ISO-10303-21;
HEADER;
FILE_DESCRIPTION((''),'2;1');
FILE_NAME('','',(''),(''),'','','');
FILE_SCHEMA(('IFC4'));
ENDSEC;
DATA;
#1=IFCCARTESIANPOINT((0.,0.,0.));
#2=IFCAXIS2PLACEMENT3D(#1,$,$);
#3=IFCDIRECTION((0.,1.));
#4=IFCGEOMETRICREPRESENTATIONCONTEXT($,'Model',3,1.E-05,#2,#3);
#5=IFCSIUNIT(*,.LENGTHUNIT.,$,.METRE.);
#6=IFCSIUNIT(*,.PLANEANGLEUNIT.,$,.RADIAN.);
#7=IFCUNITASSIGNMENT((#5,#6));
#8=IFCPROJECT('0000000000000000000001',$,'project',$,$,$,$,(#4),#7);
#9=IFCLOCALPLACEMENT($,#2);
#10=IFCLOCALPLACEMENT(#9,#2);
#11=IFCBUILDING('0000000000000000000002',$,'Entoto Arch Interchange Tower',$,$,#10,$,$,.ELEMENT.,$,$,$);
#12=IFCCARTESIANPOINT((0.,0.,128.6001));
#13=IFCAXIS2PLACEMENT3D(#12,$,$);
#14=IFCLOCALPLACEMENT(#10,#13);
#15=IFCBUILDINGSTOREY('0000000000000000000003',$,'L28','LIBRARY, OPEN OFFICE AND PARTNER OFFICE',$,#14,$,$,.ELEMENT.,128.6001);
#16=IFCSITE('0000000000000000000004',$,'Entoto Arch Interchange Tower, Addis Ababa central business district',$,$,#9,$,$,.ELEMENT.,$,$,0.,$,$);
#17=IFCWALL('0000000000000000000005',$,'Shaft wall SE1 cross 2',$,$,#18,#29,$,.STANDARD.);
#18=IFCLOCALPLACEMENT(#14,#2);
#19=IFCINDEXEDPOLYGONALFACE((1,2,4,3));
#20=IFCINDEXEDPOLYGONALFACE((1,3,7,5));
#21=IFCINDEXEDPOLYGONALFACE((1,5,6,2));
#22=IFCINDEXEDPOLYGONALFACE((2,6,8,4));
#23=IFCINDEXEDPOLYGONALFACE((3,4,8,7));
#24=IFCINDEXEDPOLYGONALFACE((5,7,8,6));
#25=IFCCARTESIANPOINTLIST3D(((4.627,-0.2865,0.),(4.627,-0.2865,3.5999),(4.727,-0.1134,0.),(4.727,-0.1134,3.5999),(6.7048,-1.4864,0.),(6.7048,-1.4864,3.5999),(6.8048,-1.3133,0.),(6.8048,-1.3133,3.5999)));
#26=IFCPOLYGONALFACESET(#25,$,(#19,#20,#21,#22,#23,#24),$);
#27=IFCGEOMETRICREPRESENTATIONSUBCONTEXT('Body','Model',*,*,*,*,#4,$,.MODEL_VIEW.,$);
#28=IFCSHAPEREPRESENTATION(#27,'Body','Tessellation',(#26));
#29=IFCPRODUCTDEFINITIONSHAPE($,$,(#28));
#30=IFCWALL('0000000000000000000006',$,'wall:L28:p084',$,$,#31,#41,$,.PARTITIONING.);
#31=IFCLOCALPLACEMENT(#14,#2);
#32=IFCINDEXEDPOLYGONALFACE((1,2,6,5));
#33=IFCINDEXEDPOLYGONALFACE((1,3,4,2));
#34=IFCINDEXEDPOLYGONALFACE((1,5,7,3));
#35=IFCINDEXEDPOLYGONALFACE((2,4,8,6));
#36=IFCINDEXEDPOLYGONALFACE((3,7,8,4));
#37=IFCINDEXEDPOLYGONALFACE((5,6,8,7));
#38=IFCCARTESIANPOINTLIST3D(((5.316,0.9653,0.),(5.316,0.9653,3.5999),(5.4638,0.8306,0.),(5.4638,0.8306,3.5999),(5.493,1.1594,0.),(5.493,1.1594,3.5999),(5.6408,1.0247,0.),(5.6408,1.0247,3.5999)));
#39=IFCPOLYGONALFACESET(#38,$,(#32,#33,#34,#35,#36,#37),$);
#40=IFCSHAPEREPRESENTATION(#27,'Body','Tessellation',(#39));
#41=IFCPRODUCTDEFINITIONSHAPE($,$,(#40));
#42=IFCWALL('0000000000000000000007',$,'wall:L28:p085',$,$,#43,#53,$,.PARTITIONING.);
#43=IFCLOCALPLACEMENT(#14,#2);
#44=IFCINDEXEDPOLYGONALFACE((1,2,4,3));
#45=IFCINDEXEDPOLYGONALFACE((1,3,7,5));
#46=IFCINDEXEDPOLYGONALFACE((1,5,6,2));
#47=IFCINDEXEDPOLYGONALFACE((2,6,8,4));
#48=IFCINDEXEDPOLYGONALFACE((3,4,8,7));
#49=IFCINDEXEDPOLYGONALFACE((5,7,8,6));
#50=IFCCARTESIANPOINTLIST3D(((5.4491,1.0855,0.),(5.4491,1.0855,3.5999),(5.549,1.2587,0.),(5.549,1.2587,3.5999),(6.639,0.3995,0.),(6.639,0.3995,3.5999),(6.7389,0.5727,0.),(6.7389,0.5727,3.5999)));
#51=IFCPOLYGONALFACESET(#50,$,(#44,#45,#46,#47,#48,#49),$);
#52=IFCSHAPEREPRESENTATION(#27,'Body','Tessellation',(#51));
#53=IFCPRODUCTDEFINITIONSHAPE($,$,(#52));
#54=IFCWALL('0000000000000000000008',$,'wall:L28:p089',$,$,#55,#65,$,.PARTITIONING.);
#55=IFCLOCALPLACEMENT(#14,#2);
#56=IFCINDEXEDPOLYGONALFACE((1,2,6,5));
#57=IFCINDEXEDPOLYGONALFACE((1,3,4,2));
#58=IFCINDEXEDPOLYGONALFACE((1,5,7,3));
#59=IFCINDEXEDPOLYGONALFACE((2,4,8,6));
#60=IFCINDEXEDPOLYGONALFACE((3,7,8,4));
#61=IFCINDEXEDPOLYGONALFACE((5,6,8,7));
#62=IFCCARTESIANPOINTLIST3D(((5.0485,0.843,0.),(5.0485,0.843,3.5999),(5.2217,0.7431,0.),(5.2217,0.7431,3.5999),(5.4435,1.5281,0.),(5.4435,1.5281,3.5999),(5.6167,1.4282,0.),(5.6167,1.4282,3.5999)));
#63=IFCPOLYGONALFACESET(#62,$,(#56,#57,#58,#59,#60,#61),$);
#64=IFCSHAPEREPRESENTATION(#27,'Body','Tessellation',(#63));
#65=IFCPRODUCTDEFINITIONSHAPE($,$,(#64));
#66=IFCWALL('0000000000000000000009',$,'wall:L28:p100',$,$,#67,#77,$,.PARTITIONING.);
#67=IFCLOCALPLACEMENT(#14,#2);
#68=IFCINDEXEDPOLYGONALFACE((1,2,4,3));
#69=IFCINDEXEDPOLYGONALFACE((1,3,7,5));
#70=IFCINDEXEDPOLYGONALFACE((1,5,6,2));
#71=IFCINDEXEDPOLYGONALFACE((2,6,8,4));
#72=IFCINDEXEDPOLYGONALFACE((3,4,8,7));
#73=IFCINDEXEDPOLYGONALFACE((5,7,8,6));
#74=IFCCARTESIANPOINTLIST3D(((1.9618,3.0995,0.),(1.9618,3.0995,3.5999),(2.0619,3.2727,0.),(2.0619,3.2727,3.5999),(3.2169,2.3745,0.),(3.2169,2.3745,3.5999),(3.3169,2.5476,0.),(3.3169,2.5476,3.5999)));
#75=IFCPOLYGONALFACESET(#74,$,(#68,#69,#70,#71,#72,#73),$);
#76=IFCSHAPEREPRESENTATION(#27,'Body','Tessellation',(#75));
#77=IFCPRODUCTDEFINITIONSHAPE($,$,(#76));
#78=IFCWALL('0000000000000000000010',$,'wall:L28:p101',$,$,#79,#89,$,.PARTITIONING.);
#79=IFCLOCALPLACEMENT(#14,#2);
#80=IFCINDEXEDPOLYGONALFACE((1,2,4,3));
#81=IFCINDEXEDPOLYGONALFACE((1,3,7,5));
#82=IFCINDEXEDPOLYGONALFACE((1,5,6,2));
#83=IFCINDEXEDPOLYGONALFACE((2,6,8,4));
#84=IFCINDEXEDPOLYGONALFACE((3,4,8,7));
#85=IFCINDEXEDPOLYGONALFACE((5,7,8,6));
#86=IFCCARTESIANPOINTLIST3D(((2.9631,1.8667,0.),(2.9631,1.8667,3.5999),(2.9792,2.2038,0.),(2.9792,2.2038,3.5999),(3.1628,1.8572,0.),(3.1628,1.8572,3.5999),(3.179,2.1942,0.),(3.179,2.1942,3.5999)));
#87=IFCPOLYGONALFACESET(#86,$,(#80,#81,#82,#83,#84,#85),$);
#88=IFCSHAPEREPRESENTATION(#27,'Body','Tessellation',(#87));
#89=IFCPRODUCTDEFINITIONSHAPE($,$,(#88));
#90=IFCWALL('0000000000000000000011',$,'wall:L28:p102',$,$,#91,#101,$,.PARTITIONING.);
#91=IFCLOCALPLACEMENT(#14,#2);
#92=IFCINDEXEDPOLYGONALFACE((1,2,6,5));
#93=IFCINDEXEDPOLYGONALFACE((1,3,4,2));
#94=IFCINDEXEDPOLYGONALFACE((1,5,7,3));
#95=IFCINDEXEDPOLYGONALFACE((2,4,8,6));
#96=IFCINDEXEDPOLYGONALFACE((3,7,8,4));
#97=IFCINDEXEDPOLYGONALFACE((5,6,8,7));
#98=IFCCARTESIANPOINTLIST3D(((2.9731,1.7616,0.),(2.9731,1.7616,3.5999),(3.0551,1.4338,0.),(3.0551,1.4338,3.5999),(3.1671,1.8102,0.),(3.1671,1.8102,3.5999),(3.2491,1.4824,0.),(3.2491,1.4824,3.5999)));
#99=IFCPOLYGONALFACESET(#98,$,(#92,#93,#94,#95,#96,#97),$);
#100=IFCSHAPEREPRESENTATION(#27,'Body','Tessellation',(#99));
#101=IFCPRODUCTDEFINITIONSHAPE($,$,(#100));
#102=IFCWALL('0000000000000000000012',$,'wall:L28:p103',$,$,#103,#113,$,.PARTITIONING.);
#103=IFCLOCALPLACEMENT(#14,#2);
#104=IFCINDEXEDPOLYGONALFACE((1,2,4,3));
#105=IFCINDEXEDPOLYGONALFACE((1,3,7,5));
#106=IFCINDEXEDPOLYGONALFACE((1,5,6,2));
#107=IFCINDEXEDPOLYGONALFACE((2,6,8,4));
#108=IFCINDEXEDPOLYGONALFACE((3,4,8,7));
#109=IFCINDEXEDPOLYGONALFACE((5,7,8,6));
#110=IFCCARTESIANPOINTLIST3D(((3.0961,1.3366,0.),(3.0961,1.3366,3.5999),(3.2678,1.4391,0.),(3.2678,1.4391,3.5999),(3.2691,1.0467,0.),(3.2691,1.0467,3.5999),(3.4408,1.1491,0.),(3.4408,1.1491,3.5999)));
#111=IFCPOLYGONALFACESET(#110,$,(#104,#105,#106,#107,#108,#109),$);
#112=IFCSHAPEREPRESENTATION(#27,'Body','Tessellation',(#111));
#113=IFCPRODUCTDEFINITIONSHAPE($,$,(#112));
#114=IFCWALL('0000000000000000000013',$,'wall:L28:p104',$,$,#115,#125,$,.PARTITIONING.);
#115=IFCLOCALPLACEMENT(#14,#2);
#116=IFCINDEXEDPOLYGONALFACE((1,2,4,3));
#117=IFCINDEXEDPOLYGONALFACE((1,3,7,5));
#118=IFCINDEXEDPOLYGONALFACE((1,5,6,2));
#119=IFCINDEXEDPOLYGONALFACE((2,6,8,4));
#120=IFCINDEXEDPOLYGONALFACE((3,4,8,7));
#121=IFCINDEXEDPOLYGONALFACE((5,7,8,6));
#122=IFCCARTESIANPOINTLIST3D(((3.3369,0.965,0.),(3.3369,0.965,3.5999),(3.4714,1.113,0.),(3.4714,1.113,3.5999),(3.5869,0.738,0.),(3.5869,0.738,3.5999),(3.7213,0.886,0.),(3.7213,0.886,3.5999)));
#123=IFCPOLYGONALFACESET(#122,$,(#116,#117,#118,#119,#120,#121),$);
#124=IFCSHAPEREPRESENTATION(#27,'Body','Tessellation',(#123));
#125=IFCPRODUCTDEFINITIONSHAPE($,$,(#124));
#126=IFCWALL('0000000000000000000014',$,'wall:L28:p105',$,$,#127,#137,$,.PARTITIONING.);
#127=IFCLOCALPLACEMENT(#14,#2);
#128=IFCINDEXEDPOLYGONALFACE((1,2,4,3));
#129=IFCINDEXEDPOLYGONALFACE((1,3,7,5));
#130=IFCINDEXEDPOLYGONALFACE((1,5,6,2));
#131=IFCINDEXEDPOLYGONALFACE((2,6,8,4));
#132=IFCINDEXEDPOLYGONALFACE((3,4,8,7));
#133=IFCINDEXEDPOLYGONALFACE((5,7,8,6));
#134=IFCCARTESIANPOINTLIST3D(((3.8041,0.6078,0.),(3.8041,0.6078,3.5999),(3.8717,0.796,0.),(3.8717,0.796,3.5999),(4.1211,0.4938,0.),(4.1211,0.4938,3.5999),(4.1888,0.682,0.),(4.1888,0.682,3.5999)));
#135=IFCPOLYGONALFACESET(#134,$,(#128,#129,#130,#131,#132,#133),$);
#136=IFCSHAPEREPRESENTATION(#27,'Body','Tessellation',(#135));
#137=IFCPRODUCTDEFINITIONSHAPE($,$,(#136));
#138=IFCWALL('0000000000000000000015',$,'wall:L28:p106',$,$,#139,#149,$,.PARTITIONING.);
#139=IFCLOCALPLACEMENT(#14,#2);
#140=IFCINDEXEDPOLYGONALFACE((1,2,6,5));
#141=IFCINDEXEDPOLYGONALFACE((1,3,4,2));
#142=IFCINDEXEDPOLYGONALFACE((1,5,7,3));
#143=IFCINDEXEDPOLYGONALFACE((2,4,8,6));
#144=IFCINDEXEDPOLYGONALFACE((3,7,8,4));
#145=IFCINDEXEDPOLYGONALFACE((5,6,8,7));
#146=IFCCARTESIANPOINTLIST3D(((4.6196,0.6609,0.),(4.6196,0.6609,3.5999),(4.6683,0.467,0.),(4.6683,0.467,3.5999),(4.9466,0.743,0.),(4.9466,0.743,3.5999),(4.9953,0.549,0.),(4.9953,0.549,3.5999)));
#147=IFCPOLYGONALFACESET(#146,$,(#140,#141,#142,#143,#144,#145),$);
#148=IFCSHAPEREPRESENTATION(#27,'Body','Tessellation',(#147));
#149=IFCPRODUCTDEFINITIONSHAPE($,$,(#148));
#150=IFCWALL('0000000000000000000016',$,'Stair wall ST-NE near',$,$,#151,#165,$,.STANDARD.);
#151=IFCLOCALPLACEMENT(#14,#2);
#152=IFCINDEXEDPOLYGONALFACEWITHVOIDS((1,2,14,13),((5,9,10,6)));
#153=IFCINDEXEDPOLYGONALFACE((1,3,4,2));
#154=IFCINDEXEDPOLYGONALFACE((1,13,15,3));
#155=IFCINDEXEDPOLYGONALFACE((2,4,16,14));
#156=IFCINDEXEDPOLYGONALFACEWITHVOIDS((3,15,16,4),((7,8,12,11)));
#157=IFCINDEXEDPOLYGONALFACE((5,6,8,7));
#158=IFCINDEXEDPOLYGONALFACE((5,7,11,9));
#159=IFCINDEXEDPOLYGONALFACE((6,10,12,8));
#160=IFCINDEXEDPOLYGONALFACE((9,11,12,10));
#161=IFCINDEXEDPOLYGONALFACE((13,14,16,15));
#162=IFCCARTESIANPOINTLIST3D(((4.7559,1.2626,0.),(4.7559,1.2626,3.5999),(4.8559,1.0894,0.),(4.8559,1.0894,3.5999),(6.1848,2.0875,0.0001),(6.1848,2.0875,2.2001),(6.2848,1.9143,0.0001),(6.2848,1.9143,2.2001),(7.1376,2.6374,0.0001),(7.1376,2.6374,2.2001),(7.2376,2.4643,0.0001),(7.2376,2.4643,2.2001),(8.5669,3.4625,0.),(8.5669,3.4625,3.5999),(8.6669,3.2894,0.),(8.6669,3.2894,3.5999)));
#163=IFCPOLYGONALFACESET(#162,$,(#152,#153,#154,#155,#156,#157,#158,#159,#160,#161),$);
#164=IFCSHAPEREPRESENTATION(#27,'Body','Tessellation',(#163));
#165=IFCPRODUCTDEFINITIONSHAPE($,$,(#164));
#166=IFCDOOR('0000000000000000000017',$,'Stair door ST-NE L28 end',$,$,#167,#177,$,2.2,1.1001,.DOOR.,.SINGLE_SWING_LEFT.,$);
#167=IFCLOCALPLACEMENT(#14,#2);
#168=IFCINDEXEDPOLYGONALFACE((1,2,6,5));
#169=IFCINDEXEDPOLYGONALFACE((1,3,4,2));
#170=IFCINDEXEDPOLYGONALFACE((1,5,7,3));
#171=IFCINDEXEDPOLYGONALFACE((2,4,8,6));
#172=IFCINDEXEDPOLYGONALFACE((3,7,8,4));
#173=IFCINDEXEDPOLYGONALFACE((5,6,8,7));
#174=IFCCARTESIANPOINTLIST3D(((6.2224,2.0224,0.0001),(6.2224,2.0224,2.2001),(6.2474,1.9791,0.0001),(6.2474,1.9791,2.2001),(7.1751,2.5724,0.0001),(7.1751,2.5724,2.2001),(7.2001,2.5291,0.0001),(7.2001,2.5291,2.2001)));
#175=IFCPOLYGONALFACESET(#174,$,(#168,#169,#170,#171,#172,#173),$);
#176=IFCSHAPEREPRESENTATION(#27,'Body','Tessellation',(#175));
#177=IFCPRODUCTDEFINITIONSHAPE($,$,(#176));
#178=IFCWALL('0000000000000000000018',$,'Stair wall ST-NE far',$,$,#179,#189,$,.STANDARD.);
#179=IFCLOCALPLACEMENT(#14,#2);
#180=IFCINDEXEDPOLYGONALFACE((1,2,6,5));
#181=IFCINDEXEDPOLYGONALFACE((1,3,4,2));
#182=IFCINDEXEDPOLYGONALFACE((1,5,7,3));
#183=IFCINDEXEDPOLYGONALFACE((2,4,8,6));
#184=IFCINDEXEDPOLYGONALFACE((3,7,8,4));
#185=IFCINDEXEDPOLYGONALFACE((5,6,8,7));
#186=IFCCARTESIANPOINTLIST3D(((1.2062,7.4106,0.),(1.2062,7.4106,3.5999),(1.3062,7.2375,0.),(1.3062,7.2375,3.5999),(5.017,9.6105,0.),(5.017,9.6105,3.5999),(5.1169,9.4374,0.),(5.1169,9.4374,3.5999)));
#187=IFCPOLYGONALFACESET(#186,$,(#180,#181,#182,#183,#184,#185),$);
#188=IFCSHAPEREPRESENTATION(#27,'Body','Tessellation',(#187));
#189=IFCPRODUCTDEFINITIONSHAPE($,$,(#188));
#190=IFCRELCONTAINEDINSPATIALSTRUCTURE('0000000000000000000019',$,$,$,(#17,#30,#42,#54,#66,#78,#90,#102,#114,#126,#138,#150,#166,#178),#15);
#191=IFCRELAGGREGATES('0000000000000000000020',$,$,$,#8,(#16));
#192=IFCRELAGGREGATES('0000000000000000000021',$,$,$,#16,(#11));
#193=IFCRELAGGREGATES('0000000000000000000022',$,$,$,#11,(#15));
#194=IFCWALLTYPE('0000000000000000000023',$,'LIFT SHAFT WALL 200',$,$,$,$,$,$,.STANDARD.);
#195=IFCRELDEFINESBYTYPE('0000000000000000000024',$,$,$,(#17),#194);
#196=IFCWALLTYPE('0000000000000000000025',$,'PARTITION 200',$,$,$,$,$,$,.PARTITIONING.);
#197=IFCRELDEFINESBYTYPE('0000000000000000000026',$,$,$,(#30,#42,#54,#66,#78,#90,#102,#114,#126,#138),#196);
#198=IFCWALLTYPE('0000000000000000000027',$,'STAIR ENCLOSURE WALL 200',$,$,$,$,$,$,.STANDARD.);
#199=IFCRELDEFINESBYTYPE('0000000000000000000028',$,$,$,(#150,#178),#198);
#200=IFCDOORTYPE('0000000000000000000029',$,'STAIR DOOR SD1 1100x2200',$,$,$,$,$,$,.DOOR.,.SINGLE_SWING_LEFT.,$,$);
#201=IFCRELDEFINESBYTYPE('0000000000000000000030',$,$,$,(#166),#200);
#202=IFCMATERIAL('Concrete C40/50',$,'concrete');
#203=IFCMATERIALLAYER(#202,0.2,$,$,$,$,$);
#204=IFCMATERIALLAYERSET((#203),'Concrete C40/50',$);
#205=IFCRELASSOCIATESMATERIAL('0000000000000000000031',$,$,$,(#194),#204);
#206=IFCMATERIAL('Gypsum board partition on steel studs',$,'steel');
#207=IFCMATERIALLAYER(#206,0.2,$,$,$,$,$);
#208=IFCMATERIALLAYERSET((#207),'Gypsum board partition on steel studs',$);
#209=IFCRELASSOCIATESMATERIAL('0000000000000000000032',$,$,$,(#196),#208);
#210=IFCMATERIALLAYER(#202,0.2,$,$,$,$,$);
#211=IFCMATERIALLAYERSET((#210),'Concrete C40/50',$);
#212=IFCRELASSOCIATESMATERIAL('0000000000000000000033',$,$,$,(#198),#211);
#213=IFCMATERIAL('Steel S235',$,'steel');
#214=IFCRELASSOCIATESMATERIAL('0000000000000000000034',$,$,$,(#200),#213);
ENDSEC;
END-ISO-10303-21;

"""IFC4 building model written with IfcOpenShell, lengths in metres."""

from ifc_helpers import new_model, si_unit, direction, frame, frame_2d, origin, place, context, subcontext, project, spatial, rectangle, extrude, material, layer, layer_set, type_object, element, fill, save


model = new_model("IFC4")

# Units and contexts
model_context = context("Model", 3, precision=1e-05, world=origin(), true_north=direction((0.0, 1.0)))
body_context = subcontext(model_context, "Body", "Model", "MODEL_VIEW")
ifc_project = project(units=[si_unit("LENGTHUNIT", "METRE"), si_unit("PLANEANGLEUNIT", "RADIAN")], contexts=[model_context])

# Site, building, storey
site_placement = place(None, origin())
site = spatial("IfcSite", under=ifc_project, at=site_placement, Name="Entoto Arch Interchange Tower, Addis Ababa central business district", CompositionType="ELEMENT", RefElevation=0.0)
building_placement = place(site_placement, origin())
building = spatial("IfcBuilding", under=site, at=building_placement, Name="Entoto Arch Interchange Tower", CompositionType="ELEMENT")
storey_placement = place(building_placement, frame((0.0, 0.0, 128.6001)))
storey = spatial("IfcBuildingStorey", under=building, at=storey_placement, Name="L28", Description="LIBRARY, OPEN OFFICE AND PARTNER OFFICE", CompositionType="ELEMENT", Elevation=128.6001)

# Shared definitions
ifc_material_1 = material(Name="Concrete C40/50", Category="concrete")

# Walls
ifc_layer_1 = layer(ifc_material_1, 0.2)
ifc_layer_set_1 = layer_set([ifc_layer_1], Name="Concrete C40/50")
wall_type_1 = type_object("IfcWallType", Name="LIFT SHAFT WALL 200", PredefinedType="STANDARD", material=ifc_layer_set_1)
wall_1_placement = place(storey_placement, frame((4.677, -0.2, 0.0), z_axis=(0.0, 0.0, 1.0), x_axis=(0.865974, -0.500089, 0.0)))
element("IfcWall", 1, at=wall_1_placement, inside=storey, type_object=wall_type_1, Name="Shaft wall SE1 cross 2", PredefinedType="STANDARD", context=body_context, shape_type="SweptSolid", body=[
    extrude(rectangle(XDim=2.3994, YDim=0.2, at=frame_2d((1.1997, 0.0))), origin(), (0.0, 0.0, 1.0), 3.5999),
])
ifc_material_2 = material(Name="Gypsum board partition on steel studs", Category="steel")
ifc_layer_2 = layer(ifc_material_2, 0.2)
ifc_layer_set_2 = layer_set([ifc_layer_2], Name="Gypsum board partition on steel studs")
wall_type_2 = type_object("IfcWallType", Name="PARTITION 200", PredefinedType="PARTITIONING", material=ifc_layer_set_2)
wall_2_placement = place(storey_placement, frame((5.3899, 0.8979, 0.0), z_axis=(0.0, 0.0, 1.0), x_axis=(0.673828, 0.738888, 0.0)))
element("IfcWall", 2, at=wall_2_placement, inside=storey, type_object=wall_type_2, Name="wall:L28:p084", PredefinedType="PARTITIONING", context=body_context, shape_type="SweptSolid", body=[
    extrude(rectangle(XDim=0.2627, YDim=0.2, at=frame_2d((0.1313, 0.0))), origin(), (0.0, 0.0, 1.0), 3.5999),
])
wall_3_placement = place(storey_placement, frame((5.499, 1.1721, 0.0), z_axis=(0.0, 0.0, 1.0), x_axis=(0.866334, -0.499466, 0.0)))
element("IfcWall", 3, at=wall_3_placement, inside=storey, type_object=wall_type_2, Name="wall:L28:p085", PredefinedType="PARTITIONING", context=body_context, shape_type="SweptSolid", body=[
    extrude(rectangle(XDim=1.3735, YDim=0.2, at=frame_2d((0.6868, 0.0))), origin(), (0.0, 0.0, 1.0), 3.5999),
])
wall_4_placement = place(storey_placement, frame((5.135, 0.793, 0.0), z_axis=(0.0, 0.0, 1.0), x_axis=(0.499526, 0.866299, 0.0)))
element("IfcWall", 4, at=wall_4_placement, inside=storey, type_object=wall_type_2, Name="wall:L28:p089", PredefinedType="PARTITIONING", context=body_context, shape_type="SweptSolid", body=[
    extrude(rectangle(XDim=0.7908, YDim=0.2, at=frame_2d((0.3955, 0.0))), origin(), (0.0, 0.0, 1.0), 3.5999),
])
wall_5_placement = place(storey_placement, frame((2.012, 3.186, 0.0), z_axis=(0.0, 0.0, 1.0), x_axis=(0.865891, -0.500233, 0.0)))
element("IfcWall", 5, at=wall_5_placement, inside=storey, type_object=wall_type_2, Name="wall:L28:p100", PredefinedType="PARTITIONING", context=body_context, shape_type="SweptSolid", body=[
    extrude(rectangle(XDim=1.4495, YDim=0.2, at=frame_2d((0.7246, 0.0))), origin(), (0.0, 0.0, 1.0), 3.5999),
])
wall_6_placement = place(storey_placement, frame((3.0791, 2.199, 0.0), z_axis=(0.0, 0.0, 1.0), x_axis=(-0.047771, -0.998858, 0.0)))
element("IfcWall", 6, at=wall_6_placement, inside=storey, type_object=wall_type_2, Name="wall:L28:p101", PredefinedType="PARTITIONING", context=body_context, shape_type="SweptSolid", body=[
    extrude(rectangle(XDim=0.3374, YDim=0.2, at=frame_2d((0.1687, 0.0))), origin(), (0.0, 0.0, 1.0), 3.5999),
])
wall_7_placement = place(storey_placement, frame((3.0701, 1.7859, 0.0), z_axis=(0.0, 0.0, 1.0), x_axis=(0.242706, -0.9701, 0.0)))
element("IfcWall", 7, at=wall_7_placement, inside=storey, type_object=wall_type_2, Name="wall:L28:p102", PredefinedType="PARTITIONING", context=body_context, shape_type="SweptSolid", body=[
    extrude(rectangle(XDim=0.3379, YDim=0.2, at=frame_2d((0.1689, 0.0))), origin(), (0.0, 0.0, 1.0), 3.5999),
])
for number, where, z_axis, x_axis, name in (
    (8, (3.1819, 1.3879, 0.0), (0.0, 0.0, 1.0), (0.512475, -0.858702, 0.0), "wall:L28:p103"),
    (9, (3.4041, 1.0391, 0.0), (0.0, 0.0, 1.0), (0.740267, -0.672313, 0.0), "wall:L28:p104"),
):
    element("IfcWall", number, at=place(storey_placement, frame(where, z_axis=z_axis, x_axis=x_axis)), inside=storey, type_object=wall_type_2, Name=name, PredefinedType="PARTITIONING", context=body_context, shape_type="SweptSolid", body=[
        extrude(rectangle(XDim=0.3376, YDim=0.2, at=frame_2d((0.1689, 0.0))), origin(), (0.0, 0.0, 1.0), 3.5999),
    ])
wall_8_placement = place(storey_placement, frame((3.8379, 0.7019, 0.0), z_axis=(0.0, 0.0, 1.0), x_axis=(0.941035, -0.338309, 0.0)))
element("IfcWall", 10, at=wall_8_placement, inside=storey, type_object=wall_type_2, Name="wall:L28:p105", PredefinedType="PARTITIONING", context=body_context, shape_type="SweptSolid", body=[
    extrude(rectangle(XDim=0.3369, YDim=0.2, at=frame_2d((0.1685, 0.0))), origin(), (0.0, 0.0, 1.0), 3.5999),
])
wall_9_placement = place(storey_placement, frame((4.644, 0.564, 0.0), z_axis=(0.0, 0.0, 1.0), x_axis=(0.969929, 0.243388, 0.0)))
element("IfcWall", 11, at=wall_9_placement, inside=storey, type_object=wall_type_2, Name="wall:L28:p106", PredefinedType="PARTITIONING", context=body_context, shape_type="SweptSolid", body=[
    extrude(rectangle(XDim=0.3372, YDim=0.2, at=frame_2d((0.1685, 0.0))), origin(), (0.0, 0.0, 1.0), 3.5999),
])

# Wall, opening, door
ifc_layer_3 = layer(ifc_material_1, 0.2)
ifc_layer_set_3 = layer_set([ifc_layer_3], Name="Concrete C40/50")
wall_type_3 = type_object("IfcWallType", Name="STAIR ENCLOSURE WALL 200", PredefinedType="STANDARD", material=ifc_layer_set_3)
wall_10_placement = place(storey_placement, frame((4.8059, 1.176, 0.0), z_axis=(0.0, 0.0, 1.0), x_axis=(0.86606, 0.49994, 0.0)))
wall_10 = element("IfcWall", 12, at=wall_10_placement, inside=storey, type_object=wall_type_3, Name="Stair wall ST-NE near", PredefinedType="STANDARD", context=body_context, shape_type="SweptSolid", body=[
    extrude(rectangle(XDim=4.4004, YDim=0.2, at=frame_2d((2.2002, 0.0))), origin(), (0.0, 0.0, 1.0), 3.5999),
])
opening_1_placement = place(wall_10_placement, frame((1.6499, 0.0, 0.0)))
opening_1 = element("IfcOpeningElement", 13, at=opening_1_placement, cuts=wall_10, PredefinedType="OPENING", context=body_context, shape_type="SweptSolid", body=[
    extrude(rectangle(XDim=1.1001, YDim=2.2, at=frame_2d((0.55, 1.1001))), frame((0.0, 0.1099, 0.0), z_axis=(0.0, -1.0, 0.0), x_axis=(1.0, 0.0, 0.0)), (0.0, 0.0, 1.0), 0.22),
])
ifc_material_3 = material(Name="Steel S235", Category="steel")
door_type = type_object("IfcDoorType", Name="STAIR DOOR SD1 1100x2200", OperationType="SINGLE_SWING_LEFT", PredefinedType="DOOR", material=ifc_material_3)
door_1_placement = place(opening_1_placement, origin())
door_1 = element("IfcDoor", 14, at=door_1_placement, inside=storey, type_object=door_type, Name="Stair door ST-NE L28 end", OperationType="SINGLE_SWING_LEFT", OverallHeight=2.2, OverallWidth=1.1001, PredefinedType="DOOR", context=body_context, shape_type="SweptSolid", body=[
    extrude(rectangle(XDim=1.1001, YDim=2.2, at=frame_2d((0.55, 1.1001))), frame((0.0, 0.0249, 0.0), z_axis=(0.0, -1.0, 0.0), x_axis=(1.0, 0.0, 0.0)), (0.0, 0.0, 1.0), 0.05),
])
fill(opening_1, door_1)

# Wall
wall_11_placement = place(storey_placement, frame((1.2561, 7.324, 0.0), z_axis=(0.0, 0.0, 1.0), x_axis=(0.866046, 0.499964, 0.0)))
element("IfcWall", 15, at=wall_11_placement, inside=storey, type_object=wall_type_3, Name="Stair wall ST-NE far", PredefinedType="STANDARD", context=body_context, shape_type="SweptSolid", body=[
    extrude(rectangle(XDim=4.4001, YDim=0.2, at=frame_2d((2.2002, 0.0))), origin(), (0.0, 0.0, 1.0), 3.5999),
])

save(model, "model.ifc")
